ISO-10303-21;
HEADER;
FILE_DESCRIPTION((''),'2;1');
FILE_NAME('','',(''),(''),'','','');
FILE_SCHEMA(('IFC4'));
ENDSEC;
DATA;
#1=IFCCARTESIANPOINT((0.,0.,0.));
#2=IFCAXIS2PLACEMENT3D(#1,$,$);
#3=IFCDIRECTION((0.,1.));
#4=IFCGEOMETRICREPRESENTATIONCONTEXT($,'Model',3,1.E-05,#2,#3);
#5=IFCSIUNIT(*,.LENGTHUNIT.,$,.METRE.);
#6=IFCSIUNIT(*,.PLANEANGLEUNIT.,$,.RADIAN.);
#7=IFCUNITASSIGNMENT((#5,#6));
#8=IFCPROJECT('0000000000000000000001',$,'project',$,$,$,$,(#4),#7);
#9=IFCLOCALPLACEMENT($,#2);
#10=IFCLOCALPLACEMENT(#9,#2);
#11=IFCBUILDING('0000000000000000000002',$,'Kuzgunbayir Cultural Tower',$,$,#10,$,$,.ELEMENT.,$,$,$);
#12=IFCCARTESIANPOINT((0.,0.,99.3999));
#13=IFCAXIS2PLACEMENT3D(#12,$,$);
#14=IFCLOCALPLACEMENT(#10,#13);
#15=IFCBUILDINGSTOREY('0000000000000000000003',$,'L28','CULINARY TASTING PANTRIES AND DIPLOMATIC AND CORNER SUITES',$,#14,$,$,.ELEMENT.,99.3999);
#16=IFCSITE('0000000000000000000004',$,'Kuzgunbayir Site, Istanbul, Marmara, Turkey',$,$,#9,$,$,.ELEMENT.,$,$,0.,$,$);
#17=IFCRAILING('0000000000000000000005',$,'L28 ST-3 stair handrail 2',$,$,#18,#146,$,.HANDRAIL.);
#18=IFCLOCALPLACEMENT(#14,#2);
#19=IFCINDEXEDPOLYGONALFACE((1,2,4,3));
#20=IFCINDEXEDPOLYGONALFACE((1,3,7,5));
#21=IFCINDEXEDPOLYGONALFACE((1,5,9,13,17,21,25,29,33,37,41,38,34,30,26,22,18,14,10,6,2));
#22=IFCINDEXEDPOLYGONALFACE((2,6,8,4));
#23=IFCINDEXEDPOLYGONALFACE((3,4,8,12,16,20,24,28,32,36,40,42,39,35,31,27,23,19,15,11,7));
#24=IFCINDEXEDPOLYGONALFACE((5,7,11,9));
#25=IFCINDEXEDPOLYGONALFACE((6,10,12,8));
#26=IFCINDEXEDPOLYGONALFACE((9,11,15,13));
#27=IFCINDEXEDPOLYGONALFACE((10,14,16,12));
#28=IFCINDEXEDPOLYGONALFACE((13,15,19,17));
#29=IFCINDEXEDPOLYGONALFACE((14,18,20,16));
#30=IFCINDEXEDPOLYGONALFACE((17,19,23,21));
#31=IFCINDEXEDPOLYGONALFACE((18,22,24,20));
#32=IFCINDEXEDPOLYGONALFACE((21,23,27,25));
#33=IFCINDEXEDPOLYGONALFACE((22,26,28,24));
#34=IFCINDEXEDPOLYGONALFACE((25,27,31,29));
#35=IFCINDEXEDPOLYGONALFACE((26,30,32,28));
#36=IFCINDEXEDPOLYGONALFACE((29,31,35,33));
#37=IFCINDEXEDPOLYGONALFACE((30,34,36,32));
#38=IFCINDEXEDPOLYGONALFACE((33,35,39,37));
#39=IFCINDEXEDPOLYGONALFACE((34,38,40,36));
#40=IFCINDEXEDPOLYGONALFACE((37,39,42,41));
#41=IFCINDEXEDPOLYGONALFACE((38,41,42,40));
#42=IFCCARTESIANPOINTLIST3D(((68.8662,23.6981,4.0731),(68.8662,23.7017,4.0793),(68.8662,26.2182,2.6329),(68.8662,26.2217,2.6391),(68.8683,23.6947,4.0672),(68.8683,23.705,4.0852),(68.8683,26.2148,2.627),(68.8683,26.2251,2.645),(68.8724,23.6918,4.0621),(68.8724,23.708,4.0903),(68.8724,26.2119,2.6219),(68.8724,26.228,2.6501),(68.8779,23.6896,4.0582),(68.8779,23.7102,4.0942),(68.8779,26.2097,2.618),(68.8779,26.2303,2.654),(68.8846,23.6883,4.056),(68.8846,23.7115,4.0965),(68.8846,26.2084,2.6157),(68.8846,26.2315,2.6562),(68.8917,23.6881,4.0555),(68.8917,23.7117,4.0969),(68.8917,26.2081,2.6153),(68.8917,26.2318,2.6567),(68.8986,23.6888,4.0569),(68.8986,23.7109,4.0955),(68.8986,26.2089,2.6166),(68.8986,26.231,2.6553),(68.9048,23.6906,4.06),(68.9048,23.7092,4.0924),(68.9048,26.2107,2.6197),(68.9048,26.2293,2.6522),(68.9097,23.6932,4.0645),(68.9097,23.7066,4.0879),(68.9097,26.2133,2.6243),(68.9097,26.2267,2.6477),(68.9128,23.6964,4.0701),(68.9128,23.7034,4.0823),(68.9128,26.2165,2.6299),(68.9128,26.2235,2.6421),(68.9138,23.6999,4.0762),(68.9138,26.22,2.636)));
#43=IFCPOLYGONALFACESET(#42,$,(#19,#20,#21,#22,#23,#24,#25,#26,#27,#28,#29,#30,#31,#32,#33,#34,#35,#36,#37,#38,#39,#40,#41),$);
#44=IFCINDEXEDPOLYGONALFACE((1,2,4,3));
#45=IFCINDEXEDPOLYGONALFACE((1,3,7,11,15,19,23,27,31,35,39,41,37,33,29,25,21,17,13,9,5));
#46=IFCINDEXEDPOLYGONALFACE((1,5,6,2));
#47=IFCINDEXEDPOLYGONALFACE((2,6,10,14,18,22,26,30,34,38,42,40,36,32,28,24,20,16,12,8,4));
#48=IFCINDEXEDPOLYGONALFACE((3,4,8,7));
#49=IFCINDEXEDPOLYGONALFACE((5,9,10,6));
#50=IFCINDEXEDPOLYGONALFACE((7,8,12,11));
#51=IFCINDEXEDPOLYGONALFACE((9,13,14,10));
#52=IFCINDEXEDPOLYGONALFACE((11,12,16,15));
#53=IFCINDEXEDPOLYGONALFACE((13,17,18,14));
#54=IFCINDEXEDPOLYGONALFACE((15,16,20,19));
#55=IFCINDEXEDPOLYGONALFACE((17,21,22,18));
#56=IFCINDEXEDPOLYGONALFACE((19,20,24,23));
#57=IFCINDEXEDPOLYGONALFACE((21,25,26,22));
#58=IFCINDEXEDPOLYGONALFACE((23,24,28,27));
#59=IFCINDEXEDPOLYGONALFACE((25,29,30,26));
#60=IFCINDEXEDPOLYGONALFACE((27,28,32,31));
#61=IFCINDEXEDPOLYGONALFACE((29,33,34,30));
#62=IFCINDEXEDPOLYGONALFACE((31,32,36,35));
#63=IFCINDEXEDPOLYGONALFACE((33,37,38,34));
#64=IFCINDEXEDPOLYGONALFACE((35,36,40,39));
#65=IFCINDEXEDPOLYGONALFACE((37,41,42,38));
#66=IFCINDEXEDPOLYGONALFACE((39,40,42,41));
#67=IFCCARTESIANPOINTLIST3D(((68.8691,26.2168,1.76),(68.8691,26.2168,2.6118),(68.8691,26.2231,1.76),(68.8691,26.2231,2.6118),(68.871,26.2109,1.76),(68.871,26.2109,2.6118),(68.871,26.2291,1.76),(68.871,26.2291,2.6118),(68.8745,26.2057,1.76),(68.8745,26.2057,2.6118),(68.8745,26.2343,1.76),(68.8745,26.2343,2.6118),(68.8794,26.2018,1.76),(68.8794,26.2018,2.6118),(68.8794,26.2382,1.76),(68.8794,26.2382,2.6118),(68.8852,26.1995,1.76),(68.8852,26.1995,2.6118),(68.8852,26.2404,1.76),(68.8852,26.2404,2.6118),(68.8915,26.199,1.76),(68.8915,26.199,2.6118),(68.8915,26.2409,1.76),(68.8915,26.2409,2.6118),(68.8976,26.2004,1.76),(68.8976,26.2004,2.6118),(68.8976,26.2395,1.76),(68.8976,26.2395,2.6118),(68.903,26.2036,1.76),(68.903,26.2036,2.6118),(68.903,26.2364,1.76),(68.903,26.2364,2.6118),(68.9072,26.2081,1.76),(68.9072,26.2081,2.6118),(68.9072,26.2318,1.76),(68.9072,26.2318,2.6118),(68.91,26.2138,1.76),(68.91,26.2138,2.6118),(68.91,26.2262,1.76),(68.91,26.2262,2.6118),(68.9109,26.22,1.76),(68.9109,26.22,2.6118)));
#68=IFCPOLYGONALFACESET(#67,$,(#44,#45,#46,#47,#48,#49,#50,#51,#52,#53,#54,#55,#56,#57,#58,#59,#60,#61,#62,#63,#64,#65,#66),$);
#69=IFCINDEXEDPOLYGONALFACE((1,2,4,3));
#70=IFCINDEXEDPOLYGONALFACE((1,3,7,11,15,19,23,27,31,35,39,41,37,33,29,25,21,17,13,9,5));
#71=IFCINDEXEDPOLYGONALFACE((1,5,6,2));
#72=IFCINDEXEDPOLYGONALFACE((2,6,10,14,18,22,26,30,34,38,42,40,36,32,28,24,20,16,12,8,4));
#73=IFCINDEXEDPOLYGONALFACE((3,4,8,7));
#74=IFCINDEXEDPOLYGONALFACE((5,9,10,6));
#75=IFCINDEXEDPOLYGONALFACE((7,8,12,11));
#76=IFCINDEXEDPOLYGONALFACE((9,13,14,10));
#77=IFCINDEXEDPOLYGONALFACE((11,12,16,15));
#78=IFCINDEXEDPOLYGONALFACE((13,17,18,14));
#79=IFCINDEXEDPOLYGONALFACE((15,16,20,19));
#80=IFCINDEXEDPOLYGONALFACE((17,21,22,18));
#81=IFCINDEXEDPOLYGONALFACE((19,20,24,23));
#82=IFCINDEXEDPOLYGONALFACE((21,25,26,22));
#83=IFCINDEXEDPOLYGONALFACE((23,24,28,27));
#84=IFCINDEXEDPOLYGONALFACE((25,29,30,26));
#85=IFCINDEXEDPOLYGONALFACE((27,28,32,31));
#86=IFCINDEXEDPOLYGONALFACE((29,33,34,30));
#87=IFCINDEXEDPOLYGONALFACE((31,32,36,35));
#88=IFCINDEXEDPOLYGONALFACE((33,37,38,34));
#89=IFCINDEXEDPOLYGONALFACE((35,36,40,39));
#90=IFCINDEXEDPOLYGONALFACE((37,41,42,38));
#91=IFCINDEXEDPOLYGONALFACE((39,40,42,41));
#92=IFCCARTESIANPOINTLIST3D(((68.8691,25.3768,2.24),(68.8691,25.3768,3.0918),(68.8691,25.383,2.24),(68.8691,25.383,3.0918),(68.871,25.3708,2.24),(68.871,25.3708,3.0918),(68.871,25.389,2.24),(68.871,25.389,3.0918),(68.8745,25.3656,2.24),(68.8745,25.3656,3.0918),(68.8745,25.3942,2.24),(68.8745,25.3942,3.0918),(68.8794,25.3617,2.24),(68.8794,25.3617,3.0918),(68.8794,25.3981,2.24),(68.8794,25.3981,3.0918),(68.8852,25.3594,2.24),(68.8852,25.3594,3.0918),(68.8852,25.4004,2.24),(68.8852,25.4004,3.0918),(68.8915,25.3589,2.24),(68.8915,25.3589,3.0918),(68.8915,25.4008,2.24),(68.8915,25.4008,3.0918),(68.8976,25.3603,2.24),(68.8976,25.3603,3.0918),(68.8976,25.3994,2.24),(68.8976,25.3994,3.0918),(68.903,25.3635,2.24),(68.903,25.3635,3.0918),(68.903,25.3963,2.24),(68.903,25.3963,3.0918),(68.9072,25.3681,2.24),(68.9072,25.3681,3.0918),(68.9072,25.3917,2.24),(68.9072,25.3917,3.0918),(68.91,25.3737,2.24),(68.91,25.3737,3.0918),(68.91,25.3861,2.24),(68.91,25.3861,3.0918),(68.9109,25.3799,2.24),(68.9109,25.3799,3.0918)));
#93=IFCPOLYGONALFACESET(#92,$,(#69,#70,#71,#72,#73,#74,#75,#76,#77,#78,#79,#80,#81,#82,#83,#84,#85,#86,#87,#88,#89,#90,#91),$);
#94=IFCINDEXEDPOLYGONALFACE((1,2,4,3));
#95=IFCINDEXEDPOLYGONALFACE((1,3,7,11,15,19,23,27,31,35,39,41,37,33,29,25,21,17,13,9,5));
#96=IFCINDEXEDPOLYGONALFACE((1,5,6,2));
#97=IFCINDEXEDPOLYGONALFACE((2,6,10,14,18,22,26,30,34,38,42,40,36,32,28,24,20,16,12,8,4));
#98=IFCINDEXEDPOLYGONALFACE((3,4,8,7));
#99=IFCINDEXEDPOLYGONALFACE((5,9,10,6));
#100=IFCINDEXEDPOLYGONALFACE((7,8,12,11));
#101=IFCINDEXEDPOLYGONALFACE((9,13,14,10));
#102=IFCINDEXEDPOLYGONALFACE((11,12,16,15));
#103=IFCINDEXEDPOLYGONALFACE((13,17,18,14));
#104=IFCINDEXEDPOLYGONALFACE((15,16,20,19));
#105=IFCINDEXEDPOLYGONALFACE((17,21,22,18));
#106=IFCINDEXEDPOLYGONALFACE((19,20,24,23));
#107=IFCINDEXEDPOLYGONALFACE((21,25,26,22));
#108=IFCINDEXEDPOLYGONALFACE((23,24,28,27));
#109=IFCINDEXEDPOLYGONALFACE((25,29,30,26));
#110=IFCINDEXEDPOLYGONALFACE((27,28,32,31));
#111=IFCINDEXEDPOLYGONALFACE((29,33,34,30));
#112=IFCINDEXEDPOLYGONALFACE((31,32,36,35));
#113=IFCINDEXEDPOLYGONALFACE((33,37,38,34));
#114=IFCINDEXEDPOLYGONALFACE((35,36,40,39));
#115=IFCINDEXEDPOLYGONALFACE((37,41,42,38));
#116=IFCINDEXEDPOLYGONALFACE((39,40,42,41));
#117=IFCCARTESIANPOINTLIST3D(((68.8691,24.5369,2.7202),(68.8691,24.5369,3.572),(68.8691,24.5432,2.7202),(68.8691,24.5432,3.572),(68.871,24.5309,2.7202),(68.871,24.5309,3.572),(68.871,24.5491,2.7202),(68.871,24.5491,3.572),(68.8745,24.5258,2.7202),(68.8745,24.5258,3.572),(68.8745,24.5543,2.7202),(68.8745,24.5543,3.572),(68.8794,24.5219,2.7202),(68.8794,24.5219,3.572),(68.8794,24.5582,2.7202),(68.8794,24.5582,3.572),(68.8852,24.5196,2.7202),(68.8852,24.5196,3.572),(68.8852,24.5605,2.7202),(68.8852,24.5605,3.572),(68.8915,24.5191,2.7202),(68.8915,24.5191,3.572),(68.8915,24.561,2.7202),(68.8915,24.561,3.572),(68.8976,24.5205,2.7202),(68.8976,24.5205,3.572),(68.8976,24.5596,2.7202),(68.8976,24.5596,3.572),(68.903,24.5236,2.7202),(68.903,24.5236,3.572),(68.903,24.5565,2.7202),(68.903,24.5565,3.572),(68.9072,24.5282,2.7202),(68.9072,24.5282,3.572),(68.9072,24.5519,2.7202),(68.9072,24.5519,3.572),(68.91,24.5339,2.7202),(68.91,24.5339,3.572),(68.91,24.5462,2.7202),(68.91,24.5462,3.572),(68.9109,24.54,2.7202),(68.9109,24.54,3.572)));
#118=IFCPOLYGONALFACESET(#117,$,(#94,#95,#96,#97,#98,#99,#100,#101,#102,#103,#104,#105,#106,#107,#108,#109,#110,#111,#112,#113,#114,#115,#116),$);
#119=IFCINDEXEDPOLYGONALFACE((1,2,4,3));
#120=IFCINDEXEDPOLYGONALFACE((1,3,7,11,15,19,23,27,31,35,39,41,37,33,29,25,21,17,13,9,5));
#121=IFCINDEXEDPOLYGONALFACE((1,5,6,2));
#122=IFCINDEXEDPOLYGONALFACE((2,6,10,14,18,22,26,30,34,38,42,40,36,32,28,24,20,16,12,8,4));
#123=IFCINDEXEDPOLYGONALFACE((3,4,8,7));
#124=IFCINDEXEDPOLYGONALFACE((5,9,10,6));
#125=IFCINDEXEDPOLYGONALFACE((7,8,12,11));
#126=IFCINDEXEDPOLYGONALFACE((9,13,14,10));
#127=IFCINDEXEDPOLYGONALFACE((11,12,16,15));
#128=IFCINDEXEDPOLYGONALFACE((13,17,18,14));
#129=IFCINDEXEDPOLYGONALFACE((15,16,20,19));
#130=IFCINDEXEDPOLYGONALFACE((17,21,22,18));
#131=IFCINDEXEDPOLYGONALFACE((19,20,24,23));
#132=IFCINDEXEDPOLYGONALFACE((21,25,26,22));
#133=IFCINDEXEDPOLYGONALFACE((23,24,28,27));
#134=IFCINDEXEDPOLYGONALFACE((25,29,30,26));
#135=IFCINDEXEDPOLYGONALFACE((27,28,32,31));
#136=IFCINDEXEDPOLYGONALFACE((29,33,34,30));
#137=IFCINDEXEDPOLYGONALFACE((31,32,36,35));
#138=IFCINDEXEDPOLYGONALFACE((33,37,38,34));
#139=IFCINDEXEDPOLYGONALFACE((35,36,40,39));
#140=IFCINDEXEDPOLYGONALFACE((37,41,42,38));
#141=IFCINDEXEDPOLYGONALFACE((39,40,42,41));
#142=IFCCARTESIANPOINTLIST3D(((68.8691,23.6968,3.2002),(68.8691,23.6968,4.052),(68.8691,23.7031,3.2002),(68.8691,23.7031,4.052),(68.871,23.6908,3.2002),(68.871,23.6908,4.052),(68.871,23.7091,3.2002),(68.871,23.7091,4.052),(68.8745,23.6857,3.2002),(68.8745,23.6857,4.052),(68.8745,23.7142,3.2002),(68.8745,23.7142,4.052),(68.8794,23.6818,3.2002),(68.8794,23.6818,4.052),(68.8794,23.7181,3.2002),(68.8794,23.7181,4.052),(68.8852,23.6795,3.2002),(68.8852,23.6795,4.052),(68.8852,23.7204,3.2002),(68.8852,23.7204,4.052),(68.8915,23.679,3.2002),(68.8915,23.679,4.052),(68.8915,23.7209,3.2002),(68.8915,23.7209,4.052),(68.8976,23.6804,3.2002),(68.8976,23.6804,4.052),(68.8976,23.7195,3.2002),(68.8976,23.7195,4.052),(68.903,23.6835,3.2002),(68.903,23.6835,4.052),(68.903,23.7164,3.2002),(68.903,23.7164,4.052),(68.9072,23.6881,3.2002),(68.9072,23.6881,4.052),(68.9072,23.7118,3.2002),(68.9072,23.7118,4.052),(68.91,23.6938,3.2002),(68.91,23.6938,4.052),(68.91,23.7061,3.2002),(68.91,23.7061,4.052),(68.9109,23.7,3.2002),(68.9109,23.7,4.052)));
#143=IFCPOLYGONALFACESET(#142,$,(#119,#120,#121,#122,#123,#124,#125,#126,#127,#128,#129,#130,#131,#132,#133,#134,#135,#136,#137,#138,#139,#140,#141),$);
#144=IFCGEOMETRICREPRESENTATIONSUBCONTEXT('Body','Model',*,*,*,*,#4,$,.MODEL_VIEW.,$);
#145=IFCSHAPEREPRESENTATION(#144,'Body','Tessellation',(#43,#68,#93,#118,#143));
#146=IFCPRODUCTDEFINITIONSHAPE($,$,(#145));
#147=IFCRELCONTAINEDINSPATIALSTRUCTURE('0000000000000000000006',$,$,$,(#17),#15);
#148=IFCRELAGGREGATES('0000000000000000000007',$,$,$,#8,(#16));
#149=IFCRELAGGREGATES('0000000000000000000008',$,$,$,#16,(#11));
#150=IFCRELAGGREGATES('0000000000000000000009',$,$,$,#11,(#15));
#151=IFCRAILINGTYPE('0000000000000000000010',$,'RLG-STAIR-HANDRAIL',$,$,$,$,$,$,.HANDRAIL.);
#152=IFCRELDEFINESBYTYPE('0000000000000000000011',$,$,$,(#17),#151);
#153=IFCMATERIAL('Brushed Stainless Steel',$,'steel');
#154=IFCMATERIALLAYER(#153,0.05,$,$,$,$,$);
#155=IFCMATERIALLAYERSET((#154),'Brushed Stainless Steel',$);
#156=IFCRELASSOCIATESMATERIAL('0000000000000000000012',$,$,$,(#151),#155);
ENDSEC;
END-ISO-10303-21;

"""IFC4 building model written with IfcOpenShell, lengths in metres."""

from ifc_helpers import new_model, si_unit, direction, frame, origin, origin_2d, place, context, subcontext, project, spatial, circle, extrude, material, layer, layer_set, type_object, element, save


model = new_model("IFC4")

# Units and contexts
model_context = context("Model", 3, precision=1e-05, world=origin(), true_north=direction((0.0, 1.0)))
body_context = subcontext(model_context, "Body", "Model", "MODEL_VIEW")
ifc_project = project(units=[si_unit("LENGTHUNIT", "METRE"), si_unit("PLANEANGLEUNIT", "RADIAN")], contexts=[model_context])

# Site, building, storey
site_placement = place(None, origin())
site = spatial("IfcSite", under=ifc_project, at=site_placement, Name="Kuzgunbayir Site, Istanbul, Marmara, Turkey", CompositionType="ELEMENT", RefElevation=0.0)
building_placement = place(site_placement, origin())
building = spatial("IfcBuilding", under=site, at=building_placement, Name="Kuzgunbayir Cultural Tower", CompositionType="ELEMENT")
storey_placement = place(building_placement, frame((0.0, 0.0, 99.3999)))
storey = spatial("IfcBuildingStorey", under=building, at=storey_placement, Name="L28", Description="CULINARY TASTING PANTRIES AND DIPLOMATIC AND CORNER SUITES", CompositionType="ELEMENT", Elevation=99.3999)

# Railing
ifc_material_1 = material(Name="Brushed Stainless Steel", Category="steel")
ifc_layer_1 = layer(ifc_material_1, 0.05)
ifc_layer_set_1 = layer_set([ifc_layer_1], Name="Brushed Stainless Steel")
railing_type_1 = type_object("IfcRailingType", Name="RLG-STAIR-HANDRAIL", PredefinedType="HANDRAIL", material=ifc_layer_set_1)
railing_1_placement = place(storey_placement, frame((68.8899, 26.22, 1.76)))
element("IfcRailing", 1, at=railing_1_placement, inside=storey, type_object=railing_type_1, Name="L28 ST-3 stair handrail 2", PredefinedType="HANDRAIL", context=body_context, shape_type="SweptSolid", body=[
    extrude(circle(Radius=0.0239, at=origin_2d()), frame((0.0, 0.0, 0.876), z_axis=(0.0, -0.868217, 0.496184), x_axis=(1.0, 0.0, 0.0)), (0.0, 0.0, 1.0), 2.9026),
    extrude(circle(Radius=0.021, at=origin_2d()), origin(), (0.0, 0.0, 1.0), 0.8518),
    extrude(circle(Radius=0.021, at=origin_2d()), frame((0.0, -0.8401, 0.48)), (0.0, 0.0, 1.0), 0.8518),
    extrude(circle(Radius=0.021, at=origin_2d()), frame((0.0, -1.6799, 0.9602)), (0.0, 0.0, 1.0), 0.8518),
    extrude(circle(Radius=0.021, at=origin_2d()), frame((0.0, -2.52, 1.4402)), (0.0, 0.0, 1.0), 0.8518),
])

save(model, "model.ifc")
